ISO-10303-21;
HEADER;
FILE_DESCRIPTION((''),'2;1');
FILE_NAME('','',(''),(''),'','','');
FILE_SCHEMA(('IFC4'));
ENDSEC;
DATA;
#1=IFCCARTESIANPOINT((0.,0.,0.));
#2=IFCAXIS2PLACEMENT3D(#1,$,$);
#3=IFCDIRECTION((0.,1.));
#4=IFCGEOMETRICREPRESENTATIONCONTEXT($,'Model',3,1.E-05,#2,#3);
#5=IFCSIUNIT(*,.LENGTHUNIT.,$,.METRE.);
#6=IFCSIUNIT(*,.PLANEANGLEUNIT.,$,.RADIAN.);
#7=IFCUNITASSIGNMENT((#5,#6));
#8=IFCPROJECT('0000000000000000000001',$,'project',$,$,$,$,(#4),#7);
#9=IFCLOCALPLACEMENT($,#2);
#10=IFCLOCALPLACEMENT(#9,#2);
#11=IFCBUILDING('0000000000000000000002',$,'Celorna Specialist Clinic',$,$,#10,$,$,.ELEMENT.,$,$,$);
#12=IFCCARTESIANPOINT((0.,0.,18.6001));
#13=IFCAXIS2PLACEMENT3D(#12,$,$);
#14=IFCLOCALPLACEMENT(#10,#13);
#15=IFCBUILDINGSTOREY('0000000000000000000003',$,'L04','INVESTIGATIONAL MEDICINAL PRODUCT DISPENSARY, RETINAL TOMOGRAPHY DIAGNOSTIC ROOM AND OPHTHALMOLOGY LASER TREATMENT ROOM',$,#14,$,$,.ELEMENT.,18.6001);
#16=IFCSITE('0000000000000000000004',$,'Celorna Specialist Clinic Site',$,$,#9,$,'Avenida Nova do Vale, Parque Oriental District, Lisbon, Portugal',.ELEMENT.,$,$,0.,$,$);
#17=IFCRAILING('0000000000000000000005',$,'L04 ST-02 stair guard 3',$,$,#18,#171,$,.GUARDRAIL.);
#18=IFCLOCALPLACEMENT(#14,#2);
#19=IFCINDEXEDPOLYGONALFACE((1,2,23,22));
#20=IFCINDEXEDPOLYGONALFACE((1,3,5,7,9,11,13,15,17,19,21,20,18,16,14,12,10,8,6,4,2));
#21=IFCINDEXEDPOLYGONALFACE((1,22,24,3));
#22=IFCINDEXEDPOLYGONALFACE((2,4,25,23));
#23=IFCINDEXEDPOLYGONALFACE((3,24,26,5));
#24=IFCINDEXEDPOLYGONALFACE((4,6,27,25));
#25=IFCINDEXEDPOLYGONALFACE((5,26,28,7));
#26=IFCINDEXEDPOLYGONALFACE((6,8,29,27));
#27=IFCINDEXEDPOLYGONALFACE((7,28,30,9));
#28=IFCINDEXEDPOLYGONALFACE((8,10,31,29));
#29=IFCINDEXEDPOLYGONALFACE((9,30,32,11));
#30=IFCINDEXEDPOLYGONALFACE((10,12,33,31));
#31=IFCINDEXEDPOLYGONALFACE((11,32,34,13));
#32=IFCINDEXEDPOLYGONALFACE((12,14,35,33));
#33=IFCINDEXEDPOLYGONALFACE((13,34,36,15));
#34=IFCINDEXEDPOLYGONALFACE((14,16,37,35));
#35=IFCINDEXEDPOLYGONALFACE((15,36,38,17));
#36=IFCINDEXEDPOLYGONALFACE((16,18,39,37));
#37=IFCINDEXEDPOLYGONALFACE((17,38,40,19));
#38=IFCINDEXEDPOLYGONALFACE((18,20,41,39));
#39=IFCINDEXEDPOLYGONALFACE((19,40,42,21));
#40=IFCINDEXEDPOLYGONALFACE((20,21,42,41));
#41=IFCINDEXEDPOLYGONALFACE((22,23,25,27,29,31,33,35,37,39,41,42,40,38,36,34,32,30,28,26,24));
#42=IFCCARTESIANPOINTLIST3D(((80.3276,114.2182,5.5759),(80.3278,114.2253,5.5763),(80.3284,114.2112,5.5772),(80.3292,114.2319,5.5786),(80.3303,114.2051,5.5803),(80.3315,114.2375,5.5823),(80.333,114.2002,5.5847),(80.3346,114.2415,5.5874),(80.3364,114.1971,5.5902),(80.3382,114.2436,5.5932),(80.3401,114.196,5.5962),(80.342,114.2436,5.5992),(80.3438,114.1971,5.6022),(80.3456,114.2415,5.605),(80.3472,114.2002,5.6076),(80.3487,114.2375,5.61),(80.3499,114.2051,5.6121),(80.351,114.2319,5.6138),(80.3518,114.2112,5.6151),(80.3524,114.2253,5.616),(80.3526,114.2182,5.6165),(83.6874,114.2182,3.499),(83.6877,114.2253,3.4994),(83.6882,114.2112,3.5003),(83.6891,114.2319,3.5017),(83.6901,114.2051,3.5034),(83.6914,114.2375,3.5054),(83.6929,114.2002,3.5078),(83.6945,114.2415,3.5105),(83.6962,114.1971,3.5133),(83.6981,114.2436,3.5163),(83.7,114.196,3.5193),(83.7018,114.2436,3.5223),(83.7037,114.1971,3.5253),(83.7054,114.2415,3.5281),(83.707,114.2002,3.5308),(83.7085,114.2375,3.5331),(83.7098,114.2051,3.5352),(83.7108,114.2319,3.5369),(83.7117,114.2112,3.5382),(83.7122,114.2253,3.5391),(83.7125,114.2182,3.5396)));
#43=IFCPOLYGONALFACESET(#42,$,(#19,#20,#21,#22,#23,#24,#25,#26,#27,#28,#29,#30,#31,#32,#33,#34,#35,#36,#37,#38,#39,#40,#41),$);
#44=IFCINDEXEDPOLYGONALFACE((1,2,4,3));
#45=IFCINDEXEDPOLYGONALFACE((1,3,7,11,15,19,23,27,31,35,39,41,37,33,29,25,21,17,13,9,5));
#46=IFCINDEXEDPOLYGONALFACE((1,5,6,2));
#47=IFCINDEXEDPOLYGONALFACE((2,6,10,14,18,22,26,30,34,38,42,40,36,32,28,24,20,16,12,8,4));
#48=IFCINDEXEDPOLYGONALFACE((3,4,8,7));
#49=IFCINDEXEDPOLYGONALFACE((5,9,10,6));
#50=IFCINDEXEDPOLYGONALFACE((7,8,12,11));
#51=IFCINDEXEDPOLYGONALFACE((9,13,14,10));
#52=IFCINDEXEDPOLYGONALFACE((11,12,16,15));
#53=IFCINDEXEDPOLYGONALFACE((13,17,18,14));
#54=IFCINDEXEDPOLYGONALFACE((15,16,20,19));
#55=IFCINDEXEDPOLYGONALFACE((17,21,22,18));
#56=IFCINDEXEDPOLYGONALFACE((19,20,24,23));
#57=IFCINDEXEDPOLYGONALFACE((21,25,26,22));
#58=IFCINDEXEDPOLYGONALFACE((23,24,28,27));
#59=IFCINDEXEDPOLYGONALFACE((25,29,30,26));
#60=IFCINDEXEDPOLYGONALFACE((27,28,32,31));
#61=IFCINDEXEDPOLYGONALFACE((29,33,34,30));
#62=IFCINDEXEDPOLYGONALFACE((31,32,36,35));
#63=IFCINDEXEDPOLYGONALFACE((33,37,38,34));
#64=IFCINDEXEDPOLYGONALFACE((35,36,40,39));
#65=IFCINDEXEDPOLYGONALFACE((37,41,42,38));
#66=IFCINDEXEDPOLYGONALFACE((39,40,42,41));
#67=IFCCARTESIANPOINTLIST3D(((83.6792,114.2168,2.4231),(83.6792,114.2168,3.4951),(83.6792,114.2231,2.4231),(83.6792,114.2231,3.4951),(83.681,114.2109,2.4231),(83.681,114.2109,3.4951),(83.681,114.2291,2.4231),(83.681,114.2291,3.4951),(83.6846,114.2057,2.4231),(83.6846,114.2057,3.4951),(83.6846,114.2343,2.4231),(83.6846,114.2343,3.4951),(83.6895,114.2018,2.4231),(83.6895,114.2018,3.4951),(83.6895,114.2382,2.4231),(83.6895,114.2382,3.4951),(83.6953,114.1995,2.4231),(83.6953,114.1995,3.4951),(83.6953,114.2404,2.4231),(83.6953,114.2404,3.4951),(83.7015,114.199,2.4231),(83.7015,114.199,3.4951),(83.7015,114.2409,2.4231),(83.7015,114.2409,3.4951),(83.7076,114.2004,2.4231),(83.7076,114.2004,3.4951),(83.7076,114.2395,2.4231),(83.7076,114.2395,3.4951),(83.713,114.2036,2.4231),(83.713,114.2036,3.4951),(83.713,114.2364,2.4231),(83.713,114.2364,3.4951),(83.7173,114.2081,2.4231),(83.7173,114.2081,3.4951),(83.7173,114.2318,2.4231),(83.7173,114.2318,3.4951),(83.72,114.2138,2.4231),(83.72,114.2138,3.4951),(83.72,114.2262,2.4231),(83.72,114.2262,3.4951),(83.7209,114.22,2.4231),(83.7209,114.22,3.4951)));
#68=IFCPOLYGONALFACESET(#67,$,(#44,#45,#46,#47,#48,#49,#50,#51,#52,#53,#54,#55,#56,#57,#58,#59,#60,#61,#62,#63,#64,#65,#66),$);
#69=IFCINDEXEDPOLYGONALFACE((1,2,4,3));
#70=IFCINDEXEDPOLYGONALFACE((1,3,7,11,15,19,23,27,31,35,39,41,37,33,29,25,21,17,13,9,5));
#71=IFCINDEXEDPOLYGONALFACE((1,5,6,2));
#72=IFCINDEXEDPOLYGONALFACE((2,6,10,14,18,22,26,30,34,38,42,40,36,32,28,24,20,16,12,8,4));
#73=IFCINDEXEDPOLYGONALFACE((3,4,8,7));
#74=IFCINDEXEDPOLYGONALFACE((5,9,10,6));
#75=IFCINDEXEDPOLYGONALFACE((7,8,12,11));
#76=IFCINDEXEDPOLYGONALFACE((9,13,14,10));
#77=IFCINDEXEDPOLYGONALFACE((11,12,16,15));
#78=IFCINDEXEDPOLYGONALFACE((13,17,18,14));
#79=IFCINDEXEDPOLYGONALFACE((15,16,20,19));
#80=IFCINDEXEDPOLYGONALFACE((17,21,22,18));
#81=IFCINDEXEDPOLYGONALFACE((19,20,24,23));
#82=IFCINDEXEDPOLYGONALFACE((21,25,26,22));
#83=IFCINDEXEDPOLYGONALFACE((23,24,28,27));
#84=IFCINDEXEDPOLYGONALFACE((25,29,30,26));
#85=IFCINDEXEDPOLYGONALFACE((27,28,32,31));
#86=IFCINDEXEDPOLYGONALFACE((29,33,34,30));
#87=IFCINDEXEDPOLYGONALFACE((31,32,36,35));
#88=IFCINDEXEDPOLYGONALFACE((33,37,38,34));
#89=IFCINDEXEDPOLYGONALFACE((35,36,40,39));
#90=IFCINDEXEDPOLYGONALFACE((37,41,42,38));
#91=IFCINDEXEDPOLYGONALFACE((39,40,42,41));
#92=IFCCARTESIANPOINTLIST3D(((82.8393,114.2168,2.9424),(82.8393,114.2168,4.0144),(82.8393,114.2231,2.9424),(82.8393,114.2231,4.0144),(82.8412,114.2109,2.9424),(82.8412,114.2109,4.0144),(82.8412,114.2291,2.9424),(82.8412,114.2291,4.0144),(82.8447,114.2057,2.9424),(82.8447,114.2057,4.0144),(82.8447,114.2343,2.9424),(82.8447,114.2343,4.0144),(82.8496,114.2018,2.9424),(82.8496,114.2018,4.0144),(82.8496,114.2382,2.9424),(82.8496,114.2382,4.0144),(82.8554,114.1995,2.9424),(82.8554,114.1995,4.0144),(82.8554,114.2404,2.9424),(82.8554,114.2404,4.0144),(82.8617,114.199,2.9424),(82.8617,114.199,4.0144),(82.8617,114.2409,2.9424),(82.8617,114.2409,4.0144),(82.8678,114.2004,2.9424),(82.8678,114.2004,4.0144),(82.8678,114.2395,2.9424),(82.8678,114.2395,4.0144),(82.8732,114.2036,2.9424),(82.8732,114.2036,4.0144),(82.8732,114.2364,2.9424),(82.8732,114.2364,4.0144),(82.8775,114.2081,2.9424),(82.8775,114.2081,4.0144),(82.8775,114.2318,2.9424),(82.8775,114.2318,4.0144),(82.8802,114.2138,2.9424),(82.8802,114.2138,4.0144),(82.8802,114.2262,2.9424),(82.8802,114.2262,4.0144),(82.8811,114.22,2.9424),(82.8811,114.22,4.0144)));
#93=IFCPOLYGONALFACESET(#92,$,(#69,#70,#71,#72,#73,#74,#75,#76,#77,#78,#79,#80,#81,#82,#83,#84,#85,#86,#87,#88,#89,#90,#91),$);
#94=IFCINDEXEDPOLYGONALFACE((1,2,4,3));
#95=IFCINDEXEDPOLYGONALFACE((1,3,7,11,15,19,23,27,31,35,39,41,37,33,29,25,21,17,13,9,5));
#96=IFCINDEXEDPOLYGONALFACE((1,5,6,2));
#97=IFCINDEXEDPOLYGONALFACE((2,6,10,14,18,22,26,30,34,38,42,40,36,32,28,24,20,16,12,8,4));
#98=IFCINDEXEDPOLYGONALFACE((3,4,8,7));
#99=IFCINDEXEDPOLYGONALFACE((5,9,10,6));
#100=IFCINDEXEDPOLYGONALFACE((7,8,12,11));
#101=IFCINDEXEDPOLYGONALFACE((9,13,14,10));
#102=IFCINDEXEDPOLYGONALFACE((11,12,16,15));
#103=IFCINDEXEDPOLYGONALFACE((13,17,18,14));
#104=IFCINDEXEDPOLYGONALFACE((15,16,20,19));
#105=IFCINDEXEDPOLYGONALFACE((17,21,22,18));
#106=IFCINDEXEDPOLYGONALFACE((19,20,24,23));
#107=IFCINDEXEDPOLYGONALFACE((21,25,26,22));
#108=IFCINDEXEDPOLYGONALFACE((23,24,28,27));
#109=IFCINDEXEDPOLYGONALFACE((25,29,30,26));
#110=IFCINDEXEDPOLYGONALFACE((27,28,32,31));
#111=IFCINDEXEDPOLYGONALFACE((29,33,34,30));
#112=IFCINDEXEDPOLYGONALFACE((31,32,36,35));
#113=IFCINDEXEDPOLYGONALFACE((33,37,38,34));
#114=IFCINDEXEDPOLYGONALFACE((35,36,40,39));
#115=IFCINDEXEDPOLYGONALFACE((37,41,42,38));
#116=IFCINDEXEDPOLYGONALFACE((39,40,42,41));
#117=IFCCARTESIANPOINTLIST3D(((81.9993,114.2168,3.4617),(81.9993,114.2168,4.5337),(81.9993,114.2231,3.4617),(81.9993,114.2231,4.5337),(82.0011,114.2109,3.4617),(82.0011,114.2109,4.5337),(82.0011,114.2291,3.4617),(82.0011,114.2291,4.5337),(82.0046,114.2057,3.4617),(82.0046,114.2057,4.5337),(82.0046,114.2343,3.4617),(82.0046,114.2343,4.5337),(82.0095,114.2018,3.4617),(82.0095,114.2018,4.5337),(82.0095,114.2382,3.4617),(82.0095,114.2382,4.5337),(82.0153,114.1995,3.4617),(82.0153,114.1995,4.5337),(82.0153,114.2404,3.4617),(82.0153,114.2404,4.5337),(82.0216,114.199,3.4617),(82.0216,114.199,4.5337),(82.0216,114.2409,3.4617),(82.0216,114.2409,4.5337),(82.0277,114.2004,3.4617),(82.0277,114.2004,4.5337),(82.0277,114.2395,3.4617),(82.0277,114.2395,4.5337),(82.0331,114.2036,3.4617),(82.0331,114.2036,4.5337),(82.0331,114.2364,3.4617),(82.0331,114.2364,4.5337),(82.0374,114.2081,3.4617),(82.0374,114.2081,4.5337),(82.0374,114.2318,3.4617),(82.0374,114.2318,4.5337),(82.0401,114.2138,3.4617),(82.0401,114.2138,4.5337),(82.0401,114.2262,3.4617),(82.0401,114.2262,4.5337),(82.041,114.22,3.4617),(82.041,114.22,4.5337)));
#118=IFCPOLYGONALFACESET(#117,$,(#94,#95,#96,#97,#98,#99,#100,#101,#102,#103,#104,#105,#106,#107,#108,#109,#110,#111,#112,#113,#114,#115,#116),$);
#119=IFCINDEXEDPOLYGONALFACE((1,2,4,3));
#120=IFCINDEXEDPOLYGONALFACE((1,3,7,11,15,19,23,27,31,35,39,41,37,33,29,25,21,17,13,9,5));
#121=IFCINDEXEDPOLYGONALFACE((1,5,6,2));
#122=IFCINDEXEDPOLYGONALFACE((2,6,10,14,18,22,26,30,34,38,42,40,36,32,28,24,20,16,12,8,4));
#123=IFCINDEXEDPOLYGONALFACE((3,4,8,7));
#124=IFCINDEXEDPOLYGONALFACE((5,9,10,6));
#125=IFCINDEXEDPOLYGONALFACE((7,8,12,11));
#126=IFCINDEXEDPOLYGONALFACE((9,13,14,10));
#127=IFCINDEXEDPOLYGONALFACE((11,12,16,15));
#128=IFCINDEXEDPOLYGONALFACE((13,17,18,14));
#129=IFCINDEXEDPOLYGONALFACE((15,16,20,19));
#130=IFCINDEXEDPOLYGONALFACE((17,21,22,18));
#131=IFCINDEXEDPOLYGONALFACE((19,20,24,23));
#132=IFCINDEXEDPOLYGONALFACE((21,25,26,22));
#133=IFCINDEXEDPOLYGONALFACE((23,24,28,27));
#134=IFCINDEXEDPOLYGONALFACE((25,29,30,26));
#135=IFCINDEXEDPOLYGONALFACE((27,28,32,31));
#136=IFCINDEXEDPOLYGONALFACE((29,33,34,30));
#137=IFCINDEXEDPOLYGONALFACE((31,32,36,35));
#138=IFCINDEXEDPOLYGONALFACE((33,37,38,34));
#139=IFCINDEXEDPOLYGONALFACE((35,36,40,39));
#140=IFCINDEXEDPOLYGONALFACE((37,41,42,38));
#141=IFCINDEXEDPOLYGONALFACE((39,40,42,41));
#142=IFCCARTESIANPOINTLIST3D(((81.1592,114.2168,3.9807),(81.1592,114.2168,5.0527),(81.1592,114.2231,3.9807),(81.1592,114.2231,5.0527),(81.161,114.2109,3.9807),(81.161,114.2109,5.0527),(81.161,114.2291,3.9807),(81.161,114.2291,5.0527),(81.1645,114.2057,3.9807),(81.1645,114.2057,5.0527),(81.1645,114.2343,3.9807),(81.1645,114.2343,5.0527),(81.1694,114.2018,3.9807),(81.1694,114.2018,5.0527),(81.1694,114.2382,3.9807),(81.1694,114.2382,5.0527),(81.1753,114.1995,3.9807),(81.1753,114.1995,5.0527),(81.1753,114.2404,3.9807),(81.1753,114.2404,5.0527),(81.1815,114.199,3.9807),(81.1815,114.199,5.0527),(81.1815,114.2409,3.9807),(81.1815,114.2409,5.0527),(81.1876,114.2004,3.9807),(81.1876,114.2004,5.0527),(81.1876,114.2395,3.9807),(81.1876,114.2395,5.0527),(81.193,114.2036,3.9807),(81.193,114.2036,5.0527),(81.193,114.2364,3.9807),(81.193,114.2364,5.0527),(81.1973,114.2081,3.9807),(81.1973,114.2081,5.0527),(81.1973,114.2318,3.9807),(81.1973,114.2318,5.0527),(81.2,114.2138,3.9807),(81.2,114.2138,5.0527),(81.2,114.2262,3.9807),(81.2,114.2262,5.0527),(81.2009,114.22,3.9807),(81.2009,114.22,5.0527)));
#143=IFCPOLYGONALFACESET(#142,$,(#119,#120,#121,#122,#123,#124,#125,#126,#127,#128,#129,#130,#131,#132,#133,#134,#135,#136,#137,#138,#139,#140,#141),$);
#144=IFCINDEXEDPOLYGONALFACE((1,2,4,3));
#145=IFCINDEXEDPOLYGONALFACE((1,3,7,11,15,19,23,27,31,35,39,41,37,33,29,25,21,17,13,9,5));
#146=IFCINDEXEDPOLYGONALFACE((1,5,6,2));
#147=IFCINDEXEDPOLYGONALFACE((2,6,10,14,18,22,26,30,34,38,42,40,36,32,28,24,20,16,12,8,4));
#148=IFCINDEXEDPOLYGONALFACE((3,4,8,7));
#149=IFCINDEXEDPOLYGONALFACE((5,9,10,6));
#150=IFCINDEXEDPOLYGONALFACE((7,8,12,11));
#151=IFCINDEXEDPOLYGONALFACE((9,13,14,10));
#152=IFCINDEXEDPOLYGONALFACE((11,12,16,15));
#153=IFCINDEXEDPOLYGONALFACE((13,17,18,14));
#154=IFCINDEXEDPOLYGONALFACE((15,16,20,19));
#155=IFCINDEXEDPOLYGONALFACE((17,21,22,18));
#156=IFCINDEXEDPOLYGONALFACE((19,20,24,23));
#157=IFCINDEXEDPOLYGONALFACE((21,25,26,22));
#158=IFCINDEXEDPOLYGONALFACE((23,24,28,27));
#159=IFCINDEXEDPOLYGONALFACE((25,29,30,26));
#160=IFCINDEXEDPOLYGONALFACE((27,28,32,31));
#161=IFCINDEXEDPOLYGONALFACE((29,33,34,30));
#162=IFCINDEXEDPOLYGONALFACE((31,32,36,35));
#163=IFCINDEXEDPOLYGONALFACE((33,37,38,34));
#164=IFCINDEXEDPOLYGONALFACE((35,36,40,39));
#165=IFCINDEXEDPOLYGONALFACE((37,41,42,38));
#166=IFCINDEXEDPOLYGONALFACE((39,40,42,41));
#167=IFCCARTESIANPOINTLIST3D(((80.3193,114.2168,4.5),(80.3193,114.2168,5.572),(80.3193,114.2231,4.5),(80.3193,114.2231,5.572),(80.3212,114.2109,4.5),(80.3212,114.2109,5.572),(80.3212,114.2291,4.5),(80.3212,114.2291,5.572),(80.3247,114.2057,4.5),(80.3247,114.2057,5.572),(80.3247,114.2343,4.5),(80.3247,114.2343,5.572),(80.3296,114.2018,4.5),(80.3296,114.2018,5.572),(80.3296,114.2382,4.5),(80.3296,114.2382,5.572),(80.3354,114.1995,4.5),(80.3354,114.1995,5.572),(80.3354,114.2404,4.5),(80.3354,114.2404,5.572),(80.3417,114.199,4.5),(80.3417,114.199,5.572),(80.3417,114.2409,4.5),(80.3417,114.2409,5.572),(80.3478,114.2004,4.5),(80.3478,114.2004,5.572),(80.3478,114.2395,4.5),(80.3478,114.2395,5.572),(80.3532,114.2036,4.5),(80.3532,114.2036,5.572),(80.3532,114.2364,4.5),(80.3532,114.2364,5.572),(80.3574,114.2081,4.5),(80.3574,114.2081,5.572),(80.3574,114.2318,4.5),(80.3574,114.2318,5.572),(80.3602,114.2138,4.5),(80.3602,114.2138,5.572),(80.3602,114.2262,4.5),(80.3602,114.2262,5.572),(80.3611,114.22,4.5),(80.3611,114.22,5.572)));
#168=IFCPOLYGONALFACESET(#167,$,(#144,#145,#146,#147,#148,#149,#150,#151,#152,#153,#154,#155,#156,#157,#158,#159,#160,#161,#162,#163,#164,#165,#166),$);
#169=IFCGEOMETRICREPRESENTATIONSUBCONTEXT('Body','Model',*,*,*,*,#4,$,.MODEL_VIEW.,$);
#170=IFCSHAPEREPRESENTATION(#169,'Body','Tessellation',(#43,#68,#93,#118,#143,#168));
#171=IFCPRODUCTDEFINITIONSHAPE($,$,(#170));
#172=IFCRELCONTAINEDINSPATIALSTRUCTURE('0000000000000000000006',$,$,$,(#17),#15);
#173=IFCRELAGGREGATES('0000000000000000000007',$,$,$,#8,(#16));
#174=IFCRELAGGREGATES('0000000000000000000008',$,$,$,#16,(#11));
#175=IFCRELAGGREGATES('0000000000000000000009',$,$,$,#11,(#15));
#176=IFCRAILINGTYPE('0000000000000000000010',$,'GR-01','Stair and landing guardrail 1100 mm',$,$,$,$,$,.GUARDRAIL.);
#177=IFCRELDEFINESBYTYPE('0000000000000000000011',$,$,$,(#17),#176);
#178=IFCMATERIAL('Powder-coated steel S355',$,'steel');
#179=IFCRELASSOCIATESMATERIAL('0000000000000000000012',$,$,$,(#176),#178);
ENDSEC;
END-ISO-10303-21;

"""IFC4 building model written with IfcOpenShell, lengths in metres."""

from ifc_helpers import new_model, si_unit, direction, frame, origin, origin_2d, place, context, subcontext, project, spatial, circle, extrude, material, type_object, element, save


model = new_model("IFC4")

# Units and contexts
model_context = context("Model", 3, precision=1e-05, world=origin(), true_north=direction((0.0, 1.0)))
body_context = subcontext(model_context, "Body", "Model", "MODEL_VIEW")
ifc_project = project(units=[si_unit("LENGTHUNIT", "METRE"), si_unit("PLANEANGLEUNIT", "RADIAN")], contexts=[model_context])

# Site, building, storey
site_placement = place(None, origin())
site = spatial("IfcSite", under=ifc_project, at=site_placement, Name="Celorna Specialist Clinic Site", LongName="Avenida Nova do Vale, Parque Oriental District, Lisbon, Portugal", CompositionType="ELEMENT", RefElevation=0.0)
building_placement = place(site_placement, origin())
building = spatial("IfcBuilding", under=site, at=building_placement, Name="Celorna Specialist Clinic", CompositionType="ELEMENT")
storey_placement = place(building_placement, frame((0.0, 0.0, 18.6001)))
storey = spatial("IfcBuildingStorey", under=building, at=storey_placement, Name="L04", Description="INVESTIGATIONAL MEDICINAL PRODUCT DISPENSARY, RETINAL TOMOGRAPHY DIAGNOSTIC ROOM AND OPHTHALMOLOGY LASER TREATMENT ROOM", CompositionType="ELEMENT", Elevation=18.6001)

# Railing
ifc_material_1 = material(Name="Powder-coated steel S355", Category="steel")
railing_type_1 = type_object("IfcRailingType", Name="GR-01", Description="Stair and landing guardrail 1100 mm", PredefinedType="GUARDRAIL", material=ifc_material_1)
railing_1_placement = place(storey_placement, frame((83.7, 114.22, 2.4231)))
element("IfcRailing", 1, at=railing_1_placement, inside=storey, type_object=railing_type_1, Name="L04 ST-02 stair guard 3", PredefinedType="GUARDRAIL", context=body_context, shape_type="SweptSolid", body=[
    extrude(circle(Radius=0.0239, at=origin_2d()), frame((0.0, 0.0, 1.0962), z_axis=(-0.850606, 0.0, 0.525803), x_axis=(0.0, -1.0, 0.0)), (0.0, 0.0, 1.0), 3.95),
    extrude(circle(Radius=0.021, at=origin_2d()), origin(), (0.0, 0.0, 1.0), 1.072),
    extrude(circle(Radius=0.021, at=origin_2d()), frame((-0.8398, 0.0, 0.5193)), (0.0, 0.0, 1.0), 1.072),
    extrude(circle(Radius=0.021, at=origin_2d()), frame((-1.6799, 0.0, 1.0386)), (0.0, 0.0, 1.0), 1.072),
    extrude(circle(Radius=0.021, at=origin_2d()), frame((-2.52, 0.0, 1.5576)), (0.0, 0.0, 1.0), 1.072),
    extrude(circle(Radius=0.021, at=origin_2d()), frame((-3.3599, 0.0, 2.0769)), (0.0, 0.0, 1.0), 1.072),
])

save(model, "model.ifc")
